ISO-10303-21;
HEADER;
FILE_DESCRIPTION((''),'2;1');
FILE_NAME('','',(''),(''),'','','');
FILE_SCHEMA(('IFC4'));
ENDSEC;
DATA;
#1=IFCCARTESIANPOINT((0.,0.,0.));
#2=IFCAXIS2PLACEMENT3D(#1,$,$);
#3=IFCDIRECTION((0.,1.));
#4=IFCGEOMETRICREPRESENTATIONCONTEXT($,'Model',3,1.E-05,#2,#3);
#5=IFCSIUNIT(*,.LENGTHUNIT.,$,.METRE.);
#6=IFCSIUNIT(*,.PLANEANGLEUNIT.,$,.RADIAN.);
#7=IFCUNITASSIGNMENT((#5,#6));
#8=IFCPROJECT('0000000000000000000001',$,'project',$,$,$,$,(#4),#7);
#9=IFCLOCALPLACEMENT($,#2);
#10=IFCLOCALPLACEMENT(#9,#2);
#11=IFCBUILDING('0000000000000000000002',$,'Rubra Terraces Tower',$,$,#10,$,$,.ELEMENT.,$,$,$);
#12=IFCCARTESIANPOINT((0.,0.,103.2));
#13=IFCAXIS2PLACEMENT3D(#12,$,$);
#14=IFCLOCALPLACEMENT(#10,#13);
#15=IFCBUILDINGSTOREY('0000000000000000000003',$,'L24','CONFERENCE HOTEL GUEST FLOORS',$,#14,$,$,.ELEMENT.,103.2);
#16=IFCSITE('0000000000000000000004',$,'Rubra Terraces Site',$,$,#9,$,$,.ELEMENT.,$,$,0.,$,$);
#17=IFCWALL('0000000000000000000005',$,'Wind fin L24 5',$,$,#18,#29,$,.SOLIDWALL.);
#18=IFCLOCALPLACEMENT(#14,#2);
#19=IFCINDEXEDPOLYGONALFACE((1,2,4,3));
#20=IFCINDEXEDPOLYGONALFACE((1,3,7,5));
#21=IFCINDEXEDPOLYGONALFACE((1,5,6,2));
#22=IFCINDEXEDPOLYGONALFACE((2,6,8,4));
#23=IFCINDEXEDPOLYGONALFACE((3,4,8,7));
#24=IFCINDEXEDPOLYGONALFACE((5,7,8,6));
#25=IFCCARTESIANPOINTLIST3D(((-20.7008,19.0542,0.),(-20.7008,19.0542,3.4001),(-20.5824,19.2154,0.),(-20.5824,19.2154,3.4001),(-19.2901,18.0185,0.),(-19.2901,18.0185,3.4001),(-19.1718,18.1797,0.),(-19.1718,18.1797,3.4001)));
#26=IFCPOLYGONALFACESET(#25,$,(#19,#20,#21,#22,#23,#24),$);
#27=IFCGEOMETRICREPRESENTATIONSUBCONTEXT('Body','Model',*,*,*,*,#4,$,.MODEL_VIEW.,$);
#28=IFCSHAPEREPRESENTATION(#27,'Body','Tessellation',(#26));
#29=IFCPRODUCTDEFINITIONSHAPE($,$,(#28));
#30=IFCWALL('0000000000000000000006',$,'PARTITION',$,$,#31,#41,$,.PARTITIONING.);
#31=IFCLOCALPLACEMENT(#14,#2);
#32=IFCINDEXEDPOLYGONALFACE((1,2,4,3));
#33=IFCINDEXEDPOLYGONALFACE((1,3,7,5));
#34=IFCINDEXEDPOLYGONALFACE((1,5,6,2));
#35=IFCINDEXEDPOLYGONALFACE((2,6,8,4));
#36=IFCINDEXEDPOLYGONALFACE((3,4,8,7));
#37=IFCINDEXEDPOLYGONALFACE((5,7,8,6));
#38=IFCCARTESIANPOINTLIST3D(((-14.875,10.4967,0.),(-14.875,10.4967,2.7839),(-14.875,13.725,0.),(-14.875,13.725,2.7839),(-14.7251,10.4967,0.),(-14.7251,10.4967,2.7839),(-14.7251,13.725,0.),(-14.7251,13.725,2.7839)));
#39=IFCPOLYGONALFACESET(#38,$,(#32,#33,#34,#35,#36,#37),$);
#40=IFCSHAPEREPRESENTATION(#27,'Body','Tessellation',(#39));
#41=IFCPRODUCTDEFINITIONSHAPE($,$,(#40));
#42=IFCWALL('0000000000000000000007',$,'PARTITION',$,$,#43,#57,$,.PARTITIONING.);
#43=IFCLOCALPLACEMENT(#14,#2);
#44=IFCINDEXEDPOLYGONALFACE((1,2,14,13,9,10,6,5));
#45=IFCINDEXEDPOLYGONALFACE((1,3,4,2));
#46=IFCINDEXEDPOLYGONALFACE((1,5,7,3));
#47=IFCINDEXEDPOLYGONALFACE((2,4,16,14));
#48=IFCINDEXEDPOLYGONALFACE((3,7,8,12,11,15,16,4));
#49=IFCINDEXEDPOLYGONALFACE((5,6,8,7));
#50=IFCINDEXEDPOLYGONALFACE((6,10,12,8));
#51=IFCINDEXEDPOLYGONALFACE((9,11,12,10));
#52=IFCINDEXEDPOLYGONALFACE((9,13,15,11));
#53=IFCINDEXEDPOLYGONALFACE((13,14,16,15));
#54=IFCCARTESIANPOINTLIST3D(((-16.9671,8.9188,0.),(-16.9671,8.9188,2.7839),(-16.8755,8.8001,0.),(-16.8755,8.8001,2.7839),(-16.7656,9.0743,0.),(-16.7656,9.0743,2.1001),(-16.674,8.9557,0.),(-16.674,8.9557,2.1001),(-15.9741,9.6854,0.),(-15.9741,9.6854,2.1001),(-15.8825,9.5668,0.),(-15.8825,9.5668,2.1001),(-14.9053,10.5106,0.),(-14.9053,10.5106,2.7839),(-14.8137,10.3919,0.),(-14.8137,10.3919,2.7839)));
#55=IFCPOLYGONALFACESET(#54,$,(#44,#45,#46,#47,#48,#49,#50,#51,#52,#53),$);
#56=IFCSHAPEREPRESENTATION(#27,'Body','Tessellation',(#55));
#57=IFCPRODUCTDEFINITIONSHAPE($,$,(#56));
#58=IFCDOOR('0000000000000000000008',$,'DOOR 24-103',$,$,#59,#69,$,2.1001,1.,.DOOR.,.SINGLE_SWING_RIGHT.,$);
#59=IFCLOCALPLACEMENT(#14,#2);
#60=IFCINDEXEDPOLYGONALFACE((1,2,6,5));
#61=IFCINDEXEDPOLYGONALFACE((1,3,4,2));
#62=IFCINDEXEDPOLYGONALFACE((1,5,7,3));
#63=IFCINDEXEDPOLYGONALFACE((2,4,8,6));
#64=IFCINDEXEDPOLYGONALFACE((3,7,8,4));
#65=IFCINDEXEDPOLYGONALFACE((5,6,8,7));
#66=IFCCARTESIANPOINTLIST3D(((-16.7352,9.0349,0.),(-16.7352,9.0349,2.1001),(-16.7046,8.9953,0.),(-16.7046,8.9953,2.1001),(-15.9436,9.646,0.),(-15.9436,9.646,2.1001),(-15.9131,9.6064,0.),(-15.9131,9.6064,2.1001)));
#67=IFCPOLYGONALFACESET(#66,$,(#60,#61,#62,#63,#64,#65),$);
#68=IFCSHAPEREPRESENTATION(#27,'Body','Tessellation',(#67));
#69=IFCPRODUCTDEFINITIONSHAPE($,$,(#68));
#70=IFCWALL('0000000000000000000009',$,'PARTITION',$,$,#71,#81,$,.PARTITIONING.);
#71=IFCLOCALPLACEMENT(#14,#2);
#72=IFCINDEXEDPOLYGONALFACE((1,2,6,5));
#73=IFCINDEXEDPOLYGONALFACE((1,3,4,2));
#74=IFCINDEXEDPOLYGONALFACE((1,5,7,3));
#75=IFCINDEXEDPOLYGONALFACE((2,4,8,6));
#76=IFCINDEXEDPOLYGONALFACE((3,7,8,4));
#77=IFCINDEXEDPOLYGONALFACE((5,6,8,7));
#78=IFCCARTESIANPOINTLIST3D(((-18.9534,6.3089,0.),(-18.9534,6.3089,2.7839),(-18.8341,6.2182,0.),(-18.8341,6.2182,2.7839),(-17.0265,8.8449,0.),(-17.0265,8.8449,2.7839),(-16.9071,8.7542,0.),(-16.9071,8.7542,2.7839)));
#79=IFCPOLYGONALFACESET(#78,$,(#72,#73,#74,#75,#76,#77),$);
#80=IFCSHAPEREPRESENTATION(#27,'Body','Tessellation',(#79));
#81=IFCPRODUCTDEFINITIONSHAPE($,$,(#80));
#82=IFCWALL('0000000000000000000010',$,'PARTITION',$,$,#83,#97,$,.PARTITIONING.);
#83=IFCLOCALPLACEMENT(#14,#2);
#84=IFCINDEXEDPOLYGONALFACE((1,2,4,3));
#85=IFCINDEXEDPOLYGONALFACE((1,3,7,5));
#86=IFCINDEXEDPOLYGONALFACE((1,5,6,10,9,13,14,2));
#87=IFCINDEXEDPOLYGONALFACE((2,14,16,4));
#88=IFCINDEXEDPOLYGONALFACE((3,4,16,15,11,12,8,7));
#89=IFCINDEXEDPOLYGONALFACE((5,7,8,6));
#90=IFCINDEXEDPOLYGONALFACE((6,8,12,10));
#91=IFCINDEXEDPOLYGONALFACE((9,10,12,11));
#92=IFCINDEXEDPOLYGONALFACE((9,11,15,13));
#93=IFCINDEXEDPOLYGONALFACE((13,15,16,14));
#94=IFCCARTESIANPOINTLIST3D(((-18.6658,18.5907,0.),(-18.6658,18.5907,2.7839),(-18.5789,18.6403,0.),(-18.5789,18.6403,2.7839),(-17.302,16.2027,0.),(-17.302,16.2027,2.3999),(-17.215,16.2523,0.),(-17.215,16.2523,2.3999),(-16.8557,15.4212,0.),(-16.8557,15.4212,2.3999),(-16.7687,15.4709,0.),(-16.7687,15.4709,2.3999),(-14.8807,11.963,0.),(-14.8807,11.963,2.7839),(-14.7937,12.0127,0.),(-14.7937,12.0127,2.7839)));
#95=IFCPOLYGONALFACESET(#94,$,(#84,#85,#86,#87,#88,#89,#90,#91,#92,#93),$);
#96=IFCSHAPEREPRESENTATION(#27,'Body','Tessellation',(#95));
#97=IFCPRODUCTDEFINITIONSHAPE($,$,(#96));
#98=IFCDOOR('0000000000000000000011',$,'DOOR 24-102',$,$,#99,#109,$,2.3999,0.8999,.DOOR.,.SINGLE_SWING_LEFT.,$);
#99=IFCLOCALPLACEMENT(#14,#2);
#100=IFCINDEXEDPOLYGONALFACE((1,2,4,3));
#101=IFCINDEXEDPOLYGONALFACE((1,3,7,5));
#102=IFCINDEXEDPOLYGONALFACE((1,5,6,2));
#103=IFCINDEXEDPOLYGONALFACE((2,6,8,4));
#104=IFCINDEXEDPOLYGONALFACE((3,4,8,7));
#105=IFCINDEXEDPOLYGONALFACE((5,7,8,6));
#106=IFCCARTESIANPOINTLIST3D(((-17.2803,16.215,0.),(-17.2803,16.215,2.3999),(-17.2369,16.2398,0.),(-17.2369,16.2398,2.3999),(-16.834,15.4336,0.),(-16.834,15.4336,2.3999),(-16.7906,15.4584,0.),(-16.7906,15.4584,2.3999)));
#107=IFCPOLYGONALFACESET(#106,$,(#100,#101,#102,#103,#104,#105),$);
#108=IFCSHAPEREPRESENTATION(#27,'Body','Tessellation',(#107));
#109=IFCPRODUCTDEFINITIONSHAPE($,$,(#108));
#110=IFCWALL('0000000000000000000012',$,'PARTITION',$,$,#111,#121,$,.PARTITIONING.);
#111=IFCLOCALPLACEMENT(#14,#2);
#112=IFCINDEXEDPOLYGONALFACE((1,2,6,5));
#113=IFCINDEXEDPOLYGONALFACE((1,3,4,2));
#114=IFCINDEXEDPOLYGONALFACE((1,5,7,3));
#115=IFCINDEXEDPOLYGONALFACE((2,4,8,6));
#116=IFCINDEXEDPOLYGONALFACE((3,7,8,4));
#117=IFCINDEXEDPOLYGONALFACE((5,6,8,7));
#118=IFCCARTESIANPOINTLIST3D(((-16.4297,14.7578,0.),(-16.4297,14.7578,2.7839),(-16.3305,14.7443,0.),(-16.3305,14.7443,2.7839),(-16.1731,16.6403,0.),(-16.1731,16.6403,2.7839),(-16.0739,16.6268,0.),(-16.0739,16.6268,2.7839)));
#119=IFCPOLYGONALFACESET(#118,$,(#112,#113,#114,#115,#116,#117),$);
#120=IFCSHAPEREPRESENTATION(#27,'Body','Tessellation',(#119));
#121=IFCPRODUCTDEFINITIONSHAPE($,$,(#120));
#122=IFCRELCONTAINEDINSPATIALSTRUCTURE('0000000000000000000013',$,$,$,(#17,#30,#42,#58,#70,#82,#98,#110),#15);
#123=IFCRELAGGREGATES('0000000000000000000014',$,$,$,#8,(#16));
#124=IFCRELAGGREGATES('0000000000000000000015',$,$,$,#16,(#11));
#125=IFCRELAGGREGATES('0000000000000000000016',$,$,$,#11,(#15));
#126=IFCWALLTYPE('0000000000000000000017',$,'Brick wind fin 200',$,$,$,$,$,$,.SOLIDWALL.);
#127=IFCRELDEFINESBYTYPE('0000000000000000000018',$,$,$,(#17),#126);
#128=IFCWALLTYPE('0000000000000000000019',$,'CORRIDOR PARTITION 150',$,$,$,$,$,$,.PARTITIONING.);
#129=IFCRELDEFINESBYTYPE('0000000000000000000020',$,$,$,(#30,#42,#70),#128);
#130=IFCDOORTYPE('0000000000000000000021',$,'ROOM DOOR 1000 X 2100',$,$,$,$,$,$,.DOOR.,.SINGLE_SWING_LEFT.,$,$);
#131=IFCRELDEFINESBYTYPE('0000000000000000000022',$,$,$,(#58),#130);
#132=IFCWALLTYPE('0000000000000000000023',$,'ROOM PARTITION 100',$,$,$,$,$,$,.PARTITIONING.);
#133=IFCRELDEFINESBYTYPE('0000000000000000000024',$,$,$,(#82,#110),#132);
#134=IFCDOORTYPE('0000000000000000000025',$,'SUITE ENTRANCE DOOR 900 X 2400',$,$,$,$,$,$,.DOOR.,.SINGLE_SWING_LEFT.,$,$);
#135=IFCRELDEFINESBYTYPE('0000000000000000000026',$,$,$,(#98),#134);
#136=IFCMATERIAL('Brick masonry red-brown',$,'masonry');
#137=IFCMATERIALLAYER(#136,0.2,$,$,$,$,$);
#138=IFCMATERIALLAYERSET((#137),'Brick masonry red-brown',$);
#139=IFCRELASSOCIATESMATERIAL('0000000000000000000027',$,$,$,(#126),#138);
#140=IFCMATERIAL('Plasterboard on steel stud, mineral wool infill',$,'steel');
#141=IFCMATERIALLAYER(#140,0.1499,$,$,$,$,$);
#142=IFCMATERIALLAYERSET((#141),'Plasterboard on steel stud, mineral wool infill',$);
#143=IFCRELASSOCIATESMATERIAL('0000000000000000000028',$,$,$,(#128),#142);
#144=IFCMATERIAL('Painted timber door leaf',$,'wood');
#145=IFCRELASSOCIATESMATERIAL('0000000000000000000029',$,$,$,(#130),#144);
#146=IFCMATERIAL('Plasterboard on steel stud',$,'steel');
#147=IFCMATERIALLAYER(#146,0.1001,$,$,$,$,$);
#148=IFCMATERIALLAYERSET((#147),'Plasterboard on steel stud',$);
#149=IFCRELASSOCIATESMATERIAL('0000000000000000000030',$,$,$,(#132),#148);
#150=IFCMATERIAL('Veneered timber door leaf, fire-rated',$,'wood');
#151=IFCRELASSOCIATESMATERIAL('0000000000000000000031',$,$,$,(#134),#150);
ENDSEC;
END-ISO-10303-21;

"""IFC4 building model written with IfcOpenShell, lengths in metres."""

from ifc_helpers import new_model, si_unit, direction, frame, frame_2d, origin, place, context, subcontext, project, spatial, rectangle, extrude, material, layer, layer_set, type_object, element, fill, save


model = new_model("IFC4")

# Units and contexts
model_context = context("Model", 3, precision=1e-05, world=origin(), true_north=direction((0.0, 1.0)))
body_context = subcontext(model_context, "Body", "Model", "MODEL_VIEW")
ifc_project = project(units=[si_unit("LENGTHUNIT", "METRE"), si_unit("PLANEANGLEUNIT", "RADIAN")], contexts=[model_context])

# Site, building, storey
site_placement = place(None, origin())
site = spatial("IfcSite", under=ifc_project, at=site_placement, Name="Rubra Terraces Site", CompositionType="ELEMENT", RefElevation=0.0)
building_placement = place(site_placement, origin())
building = spatial("IfcBuilding", under=site, at=building_placement, Name="Rubra Terraces Tower", CompositionType="ELEMENT")
storey_placement = place(building_placement, frame((0.0, 0.0, 103.2)))
storey = spatial("IfcBuildingStorey", under=building, at=storey_placement, Name="L24", Description="CONFERENCE HOTEL GUEST FLOORS", CompositionType="ELEMENT", Elevation=103.2)

# Shared definitions
ifc_material_1 = material(Name="Brick masonry red-brown", Category="masonry")

# Walls
ifc_layer_1 = layer(ifc_material_1, 0.2)
ifc_layer_set_1 = layer_set([ifc_layer_1], Name="Brick masonry red-brown")
wall_type_1 = type_object("IfcWallType", Name="Brick wind fin 200", PredefinedType="SOLIDWALL", material=ifc_layer_set_1)
wall_1_placement = place(storey_placement, frame((-19.231, 18.0991, 0.0), z_axis=(0.0, 0.0, 1.0), x_axis=(-0.806086, 0.591799, 0.0)))
element("IfcWall", 1, at=wall_1_placement, inside=storey, type_object=wall_type_1, Name="Wind fin L24 5", PredefinedType="SOLIDWALL", context=body_context, shape_type="SweptSolid", body=[
    extrude(rectangle(XDim=1.75, YDim=0.2, at=frame_2d((0.875, 0.0))), origin(), (0.0, 0.0, 1.0), 3.4001),
])
ifc_material_2 = material(Name="Plasterboard on steel stud, mineral wool infill", Category="steel")
ifc_layer_2 = layer(ifc_material_2, 0.1499)
ifc_layer_set_2 = layer_set([ifc_layer_2], Name="Plasterboard on steel stud, mineral wool infill")
wall_type_2 = type_object("IfcWallType", Name="CORRIDOR PARTITION 150", PredefinedType="PARTITIONING", material=ifc_layer_set_2)
wall_2_placement = place(storey_placement, frame((-14.8, 13.7251, 0.0), z_axis=(0.0, 0.0, 1.0), x_axis=(0.0, -1.0, 0.0)))
element("IfcWall", 2, at=wall_2_placement, inside=storey, type_object=wall_type_2, Name="PARTITION", PredefinedType="PARTITIONING", context=body_context, shape_type="SweptSolid", body=[
    extrude(rectangle(XDim=3.2283, YDim=0.1499, at=frame_2d((1.6143, 0.0))), origin(), (0.0, 0.0, 1.0), 2.7839),
])

# Wall, opening, door
wall_3_placement = place(storey_placement, frame((-14.8596, 10.4512, 0.0), z_axis=(0.0, 0.0, 1.0), x_axis=(-0.791543, -0.611114, 0.0)))
wall_3 = element("IfcWall", 3, at=wall_3_placement, inside=storey, type_object=wall_type_2, Name="PARTITION", PredefinedType="PARTITIONING", context=body_context, shape_type="SweptSolid", body=[
    extrude(rectangle(XDim=2.6047, YDim=0.1499, at=frame_2d((1.3022, 0.0))), origin(), (0.0, 0.0, 1.0), 2.7839),
])
opening_1_placement = place(wall_3_placement, frame((1.3501, 0.0, 0.0)))
opening_1 = element("IfcOpeningElement", 4, at=opening_1_placement, cuts=wall_3, PredefinedType="OPENING", context=body_context, shape_type="SweptSolid", body=[
    extrude(rectangle(XDim=1.0, YDim=2.1001, at=frame_2d((0.5, 1.05))), frame((0.0, 0.085, 0.0), z_axis=(0.0, -1.0, 0.0), x_axis=(1.0, 0.0, 0.0)), (0.0, 0.0, 1.0), 0.1699),
])
ifc_material_3 = material(Name="Painted timber door leaf", Category="wood")
door_type_1 = type_object("IfcDoorType", Name="ROOM DOOR 1000 X 2100", OperationType="SINGLE_SWING_LEFT", PredefinedType="DOOR", material=ifc_material_3)
door_1_placement = place(opening_1_placement, origin())
door_1 = element("IfcDoor", 5, at=door_1_placement, inside=storey, type_object=door_type_1, Name="DOOR 24-103", OperationType="SINGLE_SWING_RIGHT", OverallHeight=2.1001, OverallWidth=1.0, PredefinedType="DOOR", context=body_context, shape_type="SweptSolid", body=[
    extrude(rectangle(XDim=1.0, YDim=2.1001, at=frame_2d((0.5, 1.05))), frame((0.0, 0.0249, 0.0), z_axis=(0.0, -1.0, 0.0), x_axis=(1.0, 0.0, 0.0)), (0.0, 0.0, 1.0), 0.05),
])
fill(opening_1, door_1)

# Wall
wall_4_placement = place(storey_placement, frame((-16.9668, 8.7996, 0.0), z_axis=(0.0, 0.0, 1.0), x_axis=(-0.604992, -0.796232, 0.0)))
element("IfcWall", 6, at=wall_4_placement, inside=storey, type_object=wall_type_2, Name="PARTITION", PredefinedType="PARTITIONING", context=body_context, shape_type="SweptSolid", body=[
    extrude(rectangle(XDim=3.1851, YDim=0.1499, at=frame_2d((1.5925, 0.0))), origin(), (0.0, 0.0, 1.0), 2.7839),
])

# Wall, opening, door
ifc_material_4 = material(Name="Plasterboard on steel stud", Category="steel")
ifc_layer_3 = layer(ifc_material_4, 0.1001)
ifc_layer_set_3 = layer_set([ifc_layer_3], Name="Plasterboard on steel stud")
wall_type_3 = type_object("IfcWallType", Name="ROOM PARTITION 100", PredefinedType="PARTITIONING", material=ifc_layer_set_3)
wall_5_placement = place(storey_placement, frame((-18.6223, 18.6155, 0.0), z_axis=(0.0, 0.0, 1.0), x_axis=(0.495932, -0.868361, 0.0)))
wall_5 = element("IfcWall", 7, at=wall_5_placement, inside=storey, type_object=wall_type_3, Name="PARTITION", PredefinedType="PARTITIONING", context=body_context, shape_type="SweptSolid", body=[
    extrude(rectangle(XDim=7.6323, YDim=0.1001, at=frame_2d((3.8162, 0.0))), origin(), (0.0, 0.0, 1.0), 2.7839),
])
opening_2_placement = place(wall_5_placement, frame((2.75, 0.0, 0.0)))
opening_2 = element("IfcOpeningElement", 8, at=opening_2_placement, cuts=wall_5, PredefinedType="OPENING", context=body_context, shape_type="SweptSolid", body=[
    extrude(rectangle(XDim=0.8999, YDim=2.3999, at=frame_2d((0.45, 1.2))), frame((0.0, 0.0601, 0.0), z_axis=(0.0, -1.0, 0.0), x_axis=(1.0, 0.0, 0.0)), (0.0, 0.0, 1.0), 0.1201),
])
ifc_material_5 = material(Name="Veneered timber door leaf, fire-rated", Category="wood")
door_type_2 = type_object("IfcDoorType", Name="SUITE ENTRANCE DOOR 900 X 2400", OperationType="SINGLE_SWING_LEFT", PredefinedType="DOOR", material=ifc_material_5)
door_2_placement = place(opening_2_placement, origin())
door_2 = element("IfcDoor", 9, at=door_2_placement, inside=storey, type_object=door_type_2, Name="DOOR 24-102", OperationType="SINGLE_SWING_LEFT", OverallHeight=2.3999, OverallWidth=0.8999, PredefinedType="DOOR", context=body_context, shape_type="SweptSolid", body=[
    extrude(rectangle(XDim=0.8999, YDim=2.3999, at=frame_2d((0.45, 1.2))), frame((0.0, 0.0249, 0.0), z_axis=(0.0, -1.0, 0.0), x_axis=(1.0, 0.0, 0.0)), (0.0, 0.0, 1.0), 0.05),
])
fill(opening_2, door_2)

# Wall
wall_6_placement = place(storey_placement, frame((-16.1235, 16.6335, 0.0), z_axis=(0.0, 0.0, 1.0), x_axis=(-0.13505, -0.990839, 0.0)))
element("IfcWall", 10, at=wall_6_placement, inside=storey, type_object=wall_type_3, Name="PARTITION", PredefinedType="PARTITIONING", context=body_context, shape_type="SweptSolid", body=[
    extrude(rectangle(XDim=1.8999, YDim=0.1001, at=frame_2d((0.95, 0.0))), origin(), (0.0, 0.0, 1.0), 2.7839),
])

save(model, "model.ifc")
